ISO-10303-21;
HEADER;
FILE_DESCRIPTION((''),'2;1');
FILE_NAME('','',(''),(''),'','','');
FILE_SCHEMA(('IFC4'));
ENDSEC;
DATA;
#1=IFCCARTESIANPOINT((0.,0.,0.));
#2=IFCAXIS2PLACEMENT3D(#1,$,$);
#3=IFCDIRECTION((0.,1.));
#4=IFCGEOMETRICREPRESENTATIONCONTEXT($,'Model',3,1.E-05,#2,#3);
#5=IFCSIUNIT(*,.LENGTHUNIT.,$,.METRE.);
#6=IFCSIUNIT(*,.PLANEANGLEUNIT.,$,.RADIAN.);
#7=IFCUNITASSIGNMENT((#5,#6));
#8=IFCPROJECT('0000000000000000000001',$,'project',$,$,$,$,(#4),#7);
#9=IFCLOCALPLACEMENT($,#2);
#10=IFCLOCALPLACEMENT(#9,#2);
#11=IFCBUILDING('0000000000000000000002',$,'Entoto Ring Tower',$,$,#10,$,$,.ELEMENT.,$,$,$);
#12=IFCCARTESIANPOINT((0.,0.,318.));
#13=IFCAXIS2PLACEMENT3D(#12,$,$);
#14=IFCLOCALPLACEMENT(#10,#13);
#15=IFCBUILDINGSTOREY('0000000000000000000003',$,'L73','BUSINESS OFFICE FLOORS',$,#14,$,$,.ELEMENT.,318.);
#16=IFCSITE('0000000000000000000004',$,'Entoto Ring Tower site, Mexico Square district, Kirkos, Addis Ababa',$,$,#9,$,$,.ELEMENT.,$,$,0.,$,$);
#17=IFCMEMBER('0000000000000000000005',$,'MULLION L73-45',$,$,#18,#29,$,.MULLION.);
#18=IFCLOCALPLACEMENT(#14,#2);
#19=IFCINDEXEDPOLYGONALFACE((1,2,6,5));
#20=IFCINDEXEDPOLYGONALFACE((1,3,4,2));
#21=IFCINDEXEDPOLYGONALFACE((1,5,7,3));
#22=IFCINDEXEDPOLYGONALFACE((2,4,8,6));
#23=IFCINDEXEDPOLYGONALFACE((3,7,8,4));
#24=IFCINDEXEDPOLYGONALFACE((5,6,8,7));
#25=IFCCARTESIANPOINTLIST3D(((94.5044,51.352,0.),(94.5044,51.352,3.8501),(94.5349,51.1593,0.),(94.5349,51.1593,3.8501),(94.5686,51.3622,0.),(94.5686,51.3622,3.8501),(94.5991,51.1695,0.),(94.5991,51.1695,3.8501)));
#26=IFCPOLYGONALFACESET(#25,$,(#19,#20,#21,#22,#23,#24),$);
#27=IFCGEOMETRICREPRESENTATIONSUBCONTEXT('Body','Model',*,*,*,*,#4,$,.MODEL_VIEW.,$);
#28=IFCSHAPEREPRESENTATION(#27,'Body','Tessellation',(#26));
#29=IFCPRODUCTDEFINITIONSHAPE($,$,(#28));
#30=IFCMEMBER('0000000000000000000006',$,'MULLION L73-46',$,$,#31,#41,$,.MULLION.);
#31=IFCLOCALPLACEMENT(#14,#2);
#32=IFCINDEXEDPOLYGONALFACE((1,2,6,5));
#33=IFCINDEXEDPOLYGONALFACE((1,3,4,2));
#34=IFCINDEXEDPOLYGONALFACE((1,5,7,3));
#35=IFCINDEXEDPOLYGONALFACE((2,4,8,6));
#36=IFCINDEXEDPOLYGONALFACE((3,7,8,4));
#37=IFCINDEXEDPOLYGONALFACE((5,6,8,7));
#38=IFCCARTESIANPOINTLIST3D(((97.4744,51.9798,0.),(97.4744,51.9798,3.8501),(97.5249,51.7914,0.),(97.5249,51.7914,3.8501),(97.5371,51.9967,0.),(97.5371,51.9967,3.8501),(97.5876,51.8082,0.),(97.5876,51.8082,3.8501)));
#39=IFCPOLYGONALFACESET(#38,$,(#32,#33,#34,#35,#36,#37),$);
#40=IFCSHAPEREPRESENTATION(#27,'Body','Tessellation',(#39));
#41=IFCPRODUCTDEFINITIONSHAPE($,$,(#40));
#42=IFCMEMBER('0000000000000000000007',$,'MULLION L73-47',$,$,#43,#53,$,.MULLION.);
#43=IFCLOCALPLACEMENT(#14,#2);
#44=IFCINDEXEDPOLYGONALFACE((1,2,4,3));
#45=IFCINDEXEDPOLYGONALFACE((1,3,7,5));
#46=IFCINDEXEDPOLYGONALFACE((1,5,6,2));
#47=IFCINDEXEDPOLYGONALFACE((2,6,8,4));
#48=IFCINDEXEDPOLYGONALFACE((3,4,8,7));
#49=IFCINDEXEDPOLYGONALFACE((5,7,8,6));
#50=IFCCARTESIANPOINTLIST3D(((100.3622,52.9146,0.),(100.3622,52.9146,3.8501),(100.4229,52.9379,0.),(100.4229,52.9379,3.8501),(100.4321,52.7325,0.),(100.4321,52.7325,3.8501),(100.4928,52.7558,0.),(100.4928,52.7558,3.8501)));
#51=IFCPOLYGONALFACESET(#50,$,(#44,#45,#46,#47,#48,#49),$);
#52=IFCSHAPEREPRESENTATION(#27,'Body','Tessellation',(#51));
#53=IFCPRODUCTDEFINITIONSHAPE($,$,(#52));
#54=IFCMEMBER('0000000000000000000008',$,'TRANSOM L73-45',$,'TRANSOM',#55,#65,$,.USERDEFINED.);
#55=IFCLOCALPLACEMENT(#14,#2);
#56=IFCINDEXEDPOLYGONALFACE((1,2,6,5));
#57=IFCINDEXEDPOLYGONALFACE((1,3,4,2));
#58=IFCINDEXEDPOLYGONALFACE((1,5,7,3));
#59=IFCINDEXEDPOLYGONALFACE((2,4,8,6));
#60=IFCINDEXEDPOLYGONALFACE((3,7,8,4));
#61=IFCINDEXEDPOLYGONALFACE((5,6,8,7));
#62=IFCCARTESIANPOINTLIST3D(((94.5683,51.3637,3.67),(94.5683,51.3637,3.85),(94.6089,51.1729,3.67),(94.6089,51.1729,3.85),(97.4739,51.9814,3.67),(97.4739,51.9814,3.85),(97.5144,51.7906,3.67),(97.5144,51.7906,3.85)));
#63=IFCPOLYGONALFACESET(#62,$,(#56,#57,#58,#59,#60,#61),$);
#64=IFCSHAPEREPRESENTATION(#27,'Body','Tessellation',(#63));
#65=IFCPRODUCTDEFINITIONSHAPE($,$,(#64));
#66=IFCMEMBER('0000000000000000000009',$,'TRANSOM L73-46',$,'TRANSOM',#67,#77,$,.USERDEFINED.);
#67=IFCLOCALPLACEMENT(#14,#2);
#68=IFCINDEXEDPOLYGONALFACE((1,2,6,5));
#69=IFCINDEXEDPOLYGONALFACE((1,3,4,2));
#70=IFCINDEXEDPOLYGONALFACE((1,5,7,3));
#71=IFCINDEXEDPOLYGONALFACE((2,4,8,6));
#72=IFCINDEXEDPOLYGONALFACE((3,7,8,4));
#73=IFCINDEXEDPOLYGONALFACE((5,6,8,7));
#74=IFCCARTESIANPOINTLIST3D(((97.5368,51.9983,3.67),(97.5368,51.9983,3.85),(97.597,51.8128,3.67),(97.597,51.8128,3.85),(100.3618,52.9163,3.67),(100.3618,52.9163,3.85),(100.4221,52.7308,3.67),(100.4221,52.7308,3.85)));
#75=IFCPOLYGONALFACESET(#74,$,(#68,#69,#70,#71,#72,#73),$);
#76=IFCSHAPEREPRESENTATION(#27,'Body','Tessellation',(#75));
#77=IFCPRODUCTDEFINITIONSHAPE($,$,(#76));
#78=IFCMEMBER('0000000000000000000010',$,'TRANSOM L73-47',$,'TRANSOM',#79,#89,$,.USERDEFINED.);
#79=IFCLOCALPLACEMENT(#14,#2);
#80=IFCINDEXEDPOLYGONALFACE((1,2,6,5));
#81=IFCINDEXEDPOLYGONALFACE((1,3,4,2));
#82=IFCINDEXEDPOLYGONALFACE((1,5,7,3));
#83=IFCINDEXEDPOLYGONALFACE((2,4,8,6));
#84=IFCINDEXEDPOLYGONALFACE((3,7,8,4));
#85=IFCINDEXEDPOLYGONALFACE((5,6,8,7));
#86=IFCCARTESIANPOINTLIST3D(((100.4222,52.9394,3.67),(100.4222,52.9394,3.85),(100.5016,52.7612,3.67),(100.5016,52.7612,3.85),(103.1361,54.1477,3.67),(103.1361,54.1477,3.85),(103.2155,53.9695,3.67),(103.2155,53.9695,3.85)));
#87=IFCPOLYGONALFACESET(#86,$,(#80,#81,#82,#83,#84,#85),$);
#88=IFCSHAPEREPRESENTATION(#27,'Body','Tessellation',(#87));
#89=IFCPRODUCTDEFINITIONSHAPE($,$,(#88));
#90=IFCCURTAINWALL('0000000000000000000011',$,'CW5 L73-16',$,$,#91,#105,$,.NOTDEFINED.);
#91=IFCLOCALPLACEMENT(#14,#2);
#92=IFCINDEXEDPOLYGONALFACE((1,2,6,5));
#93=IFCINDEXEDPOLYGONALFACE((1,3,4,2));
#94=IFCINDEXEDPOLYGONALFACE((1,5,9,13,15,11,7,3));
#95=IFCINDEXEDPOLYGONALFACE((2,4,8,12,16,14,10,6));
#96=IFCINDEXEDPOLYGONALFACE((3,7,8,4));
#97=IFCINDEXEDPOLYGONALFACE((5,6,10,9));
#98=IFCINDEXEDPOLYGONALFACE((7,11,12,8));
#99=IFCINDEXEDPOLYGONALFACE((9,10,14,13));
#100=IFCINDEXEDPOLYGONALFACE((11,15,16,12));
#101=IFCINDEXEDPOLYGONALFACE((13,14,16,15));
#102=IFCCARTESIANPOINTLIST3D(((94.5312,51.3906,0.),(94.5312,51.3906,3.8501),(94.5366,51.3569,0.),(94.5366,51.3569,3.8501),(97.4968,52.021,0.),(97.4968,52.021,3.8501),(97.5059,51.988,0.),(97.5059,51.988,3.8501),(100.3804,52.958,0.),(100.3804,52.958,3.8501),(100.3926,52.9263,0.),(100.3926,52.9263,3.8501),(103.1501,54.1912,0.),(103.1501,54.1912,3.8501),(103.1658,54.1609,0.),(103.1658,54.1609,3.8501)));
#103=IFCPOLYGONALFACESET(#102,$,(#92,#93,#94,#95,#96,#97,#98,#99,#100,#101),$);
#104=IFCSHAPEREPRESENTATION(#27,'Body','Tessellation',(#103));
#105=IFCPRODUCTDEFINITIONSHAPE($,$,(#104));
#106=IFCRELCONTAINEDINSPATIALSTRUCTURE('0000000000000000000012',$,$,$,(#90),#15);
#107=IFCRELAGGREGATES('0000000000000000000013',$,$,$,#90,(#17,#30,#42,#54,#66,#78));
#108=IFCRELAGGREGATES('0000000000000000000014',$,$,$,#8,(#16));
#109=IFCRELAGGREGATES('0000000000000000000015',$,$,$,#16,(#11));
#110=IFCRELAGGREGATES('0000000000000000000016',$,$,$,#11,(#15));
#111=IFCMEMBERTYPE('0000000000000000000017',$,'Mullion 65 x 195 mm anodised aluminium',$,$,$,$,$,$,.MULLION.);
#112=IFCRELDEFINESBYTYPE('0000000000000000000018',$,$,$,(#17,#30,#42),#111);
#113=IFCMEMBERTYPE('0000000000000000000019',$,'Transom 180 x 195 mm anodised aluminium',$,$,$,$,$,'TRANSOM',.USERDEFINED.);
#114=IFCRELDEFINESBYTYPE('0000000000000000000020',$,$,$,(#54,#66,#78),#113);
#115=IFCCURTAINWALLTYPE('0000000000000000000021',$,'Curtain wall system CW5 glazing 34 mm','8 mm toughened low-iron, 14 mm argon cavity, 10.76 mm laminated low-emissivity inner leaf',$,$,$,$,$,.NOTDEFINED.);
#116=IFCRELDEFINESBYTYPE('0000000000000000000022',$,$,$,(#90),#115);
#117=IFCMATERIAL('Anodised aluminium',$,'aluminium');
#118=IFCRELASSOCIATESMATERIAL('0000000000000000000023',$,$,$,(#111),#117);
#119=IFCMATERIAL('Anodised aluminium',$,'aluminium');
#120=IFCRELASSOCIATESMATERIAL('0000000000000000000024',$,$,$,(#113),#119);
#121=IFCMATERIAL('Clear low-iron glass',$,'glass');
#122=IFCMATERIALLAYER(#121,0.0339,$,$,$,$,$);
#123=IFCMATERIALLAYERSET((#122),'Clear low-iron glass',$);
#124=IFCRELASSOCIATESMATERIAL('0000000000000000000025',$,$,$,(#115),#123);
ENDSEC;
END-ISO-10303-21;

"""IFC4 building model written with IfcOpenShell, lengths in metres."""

from ifc_helpers import new_model, si_unit, direction, frame, origin, origin_2d, place, context, subcontext, project, spatial, polyline, rectangle, outline, extrude, material, layer, layer_set, material_profile, profile_set, type_object, element, aggregate, save


model = new_model("IFC4")

# Units and contexts
model_context = context("Model", 3, precision=1e-05, world=origin(), true_north=direction((0.0, 1.0)))
body_context = subcontext(model_context, "Body", "Model", "MODEL_VIEW")
ifc_project = project(units=[si_unit("LENGTHUNIT", "METRE"), si_unit("PLANEANGLEUNIT", "RADIAN")], contexts=[model_context])

# Members
ifc_material_1 = material(Name="Anodised aluminium", Category="aluminium")
ifc_material_profile_1 = material_profile(ifc_material_1, rectangle(XDim=0.0649, YDim=0.1951, at=origin_2d()), Name="Mullion 65 x 195 mm anodised aluminium")
ifc_profile_set_1 = profile_set([ifc_material_profile_1], Name="Anodised aluminium")
member_type_1 = type_object("IfcMemberType", Name="Mullion 65 x 195 mm anodised aluminium", PredefinedType="MULLION", material=ifc_profile_set_1)
site_placement = place(None, origin())
building_placement = place(site_placement, origin())
storey_placement = place(building_placement, frame((0.0, 0.0, 318.0)))
member_1_placement = place(storey_placement, frame((94.5518, 51.2607, 0.0), z_axis=(0.0, 0.0, 1.0), x_axis=(0.987688, 0.156434, 0.0)))
member_1 = element("IfcMember", 1, at=member_1_placement, type_object=member_type_1, Name="MULLION L73-45", PredefinedType="MULLION", context=body_context, shape_type="SweptSolid", body=[
    extrude(rectangle(XDim=0.0649, YDim=0.1951, at=origin_2d()), origin(), (0.0, 0.0, 1.0), 3.8501),
])
member_2_placement = place(storey_placement, frame((97.531, 51.894, 0.0), z_axis=(0.0, 0.0, 1.0), x_axis=(0.965926, 0.258819, 0.0)))
member_2 = element("IfcMember", 2, at=member_2_placement, type_object=member_type_1, Name="MULLION L73-46", PredefinedType="MULLION", context=body_context, shape_type="SweptSolid", body=[
    extrude(rectangle(XDim=0.0649, YDim=0.1951, at=origin_2d()), origin(), (0.0, 0.0, 1.0), 3.8501),
])
member_3_placement = place(storey_placement, frame((100.4275, 52.8352, 0.0), z_axis=(0.0, 0.0, 1.0), x_axis=(0.93358, 0.358368, 0.0)))
member_3 = element("IfcMember", 3, at=member_3_placement, type_object=member_type_1, Name="MULLION L73-47", PredefinedType="MULLION", context=body_context, shape_type="SweptSolid", body=[
    extrude(rectangle(XDim=0.0649, YDim=0.1951, at=origin_2d()), origin(), (0.0, 0.0, 1.0), 3.8501),
])
ifc_material_2 = material(Name="Anodised aluminium", Category="aluminium")
ifc_material_profile_2 = material_profile(ifc_material_2, rectangle(XDim=0.1951, YDim=0.1799, at=origin_2d()), Name="Transom 180 x 195 mm anodised aluminium")
ifc_profile_set_2 = profile_set([ifc_material_profile_2], Name="Anodised aluminium")
member_type_2 = type_object("IfcMemberType", Name="Transom 180 x 195 mm anodised aluminium", ElementType="TRANSOM", PredefinedType="USERDEFINED", material=ifc_profile_set_2)
member_4_placement = place(storey_placement, frame((94.5886, 51.2683, 3.76), z_axis=(0.978142, 0.20794, 0.0), x_axis=(-0.20794, 0.978142, 0.0)))
member_4 = element("IfcMember", 4, at=member_4_placement, type_object=member_type_2, Name="TRANSOM L73-45", ObjectType="TRANSOM", PredefinedType="USERDEFINED", context=body_context, shape_type="SweptSolid", body=[
    extrude(rectangle(XDim=0.1951, YDim=0.1799, at=origin_2d()), origin(), (0.0, 0.0, 1.0), 2.9705),
])
member_5_placement = place(storey_placement, frame((97.5669, 51.9055, 3.76), z_axis=(0.951048, 0.309043, 0.0), x_axis=(-0.309043, 0.951048, 0.0)))
member_5 = element("IfcMember", 5, at=member_5_placement, type_object=member_type_2, Name="TRANSOM L73-46", ObjectType="TRANSOM", PredefinedType="USERDEFINED", context=body_context, shape_type="SweptSolid", body=[
    extrude(rectangle(XDim=0.1951, YDim=0.1799, at=origin_2d()), origin(), (0.0, 0.0, 1.0), 2.9705),
])
member_6_placement = place(storey_placement, frame((100.4619, 52.8503, 3.76), z_axis=(0.91355, 0.406726, 0.0), x_axis=(-0.406726, 0.91355, 0.0)))
member_6 = element("IfcMember", 6, at=member_6_placement, type_object=member_type_2, Name="TRANSOM L73-47", ObjectType="TRANSOM", PredefinedType="USERDEFINED", context=body_context, shape_type="SweptSolid", body=[
    extrude(rectangle(XDim=0.1951, YDim=0.1799, at=origin_2d()), origin(), (0.0, 0.0, 1.0), 2.9707),
])

# Site, building, storey
site = spatial("IfcSite", under=ifc_project, at=site_placement, Name="Entoto Ring Tower site, Mexico Square district, Kirkos, Addis Ababa", CompositionType="ELEMENT", RefElevation=0.0)
building = spatial("IfcBuilding", under=site, at=building_placement, Name="Entoto Ring Tower", CompositionType="ELEMENT")
storey = spatial("IfcBuildingStorey", under=building, at=storey_placement, Name="L73", Description="BUSINESS OFFICE FLOORS", CompositionType="ELEMENT", Elevation=318.0)

# Curtain wall
ifc_material_3 = material(Name="Clear low-iron glass", Category="glass")
ifc_layer_1 = layer(ifc_material_3, 0.0339)
ifc_layer_set_1 = layer_set([ifc_layer_1], Name="Clear low-iron glass")
curtain_wall_type = type_object("IfcCurtainWallType", Name="Curtain wall system CW5 glazing 34 mm", Description="8 mm toughened low-iron, 14 mm argon cavity, 10.76 mm laminated low-emissivity inner leaf", PredefinedType="NOTDEFINED", material=ifc_layer_set_1)
curtain_wall_1_placement = place(storey_placement, origin())
curtain_wall_1 = element("IfcCurtainWall", 7, at=curtain_wall_1_placement, inside=storey, type_object=curtain_wall_type, Name="CW5 L73-16", PredefinedType="NOTDEFINED", context=body_context, shape_type="SweptSolid", body=[
    extrude(outline(polyline([(94.5366, 51.3569), (97.5059, 51.988), (100.3926, 52.9263), (103.1658, 54.1609), (103.1501, 54.1912), (100.3804, 52.958), (97.4968, 52.021), (94.5312, 51.3906), (94.5366, 51.3569)])), origin(), (0.0, 0.0, 1.0), 3.8501),
])
aggregate(curtain_wall_1, [member_1, member_2, member_3, member_4, member_5, member_6])

save(model, "model.ifc")
